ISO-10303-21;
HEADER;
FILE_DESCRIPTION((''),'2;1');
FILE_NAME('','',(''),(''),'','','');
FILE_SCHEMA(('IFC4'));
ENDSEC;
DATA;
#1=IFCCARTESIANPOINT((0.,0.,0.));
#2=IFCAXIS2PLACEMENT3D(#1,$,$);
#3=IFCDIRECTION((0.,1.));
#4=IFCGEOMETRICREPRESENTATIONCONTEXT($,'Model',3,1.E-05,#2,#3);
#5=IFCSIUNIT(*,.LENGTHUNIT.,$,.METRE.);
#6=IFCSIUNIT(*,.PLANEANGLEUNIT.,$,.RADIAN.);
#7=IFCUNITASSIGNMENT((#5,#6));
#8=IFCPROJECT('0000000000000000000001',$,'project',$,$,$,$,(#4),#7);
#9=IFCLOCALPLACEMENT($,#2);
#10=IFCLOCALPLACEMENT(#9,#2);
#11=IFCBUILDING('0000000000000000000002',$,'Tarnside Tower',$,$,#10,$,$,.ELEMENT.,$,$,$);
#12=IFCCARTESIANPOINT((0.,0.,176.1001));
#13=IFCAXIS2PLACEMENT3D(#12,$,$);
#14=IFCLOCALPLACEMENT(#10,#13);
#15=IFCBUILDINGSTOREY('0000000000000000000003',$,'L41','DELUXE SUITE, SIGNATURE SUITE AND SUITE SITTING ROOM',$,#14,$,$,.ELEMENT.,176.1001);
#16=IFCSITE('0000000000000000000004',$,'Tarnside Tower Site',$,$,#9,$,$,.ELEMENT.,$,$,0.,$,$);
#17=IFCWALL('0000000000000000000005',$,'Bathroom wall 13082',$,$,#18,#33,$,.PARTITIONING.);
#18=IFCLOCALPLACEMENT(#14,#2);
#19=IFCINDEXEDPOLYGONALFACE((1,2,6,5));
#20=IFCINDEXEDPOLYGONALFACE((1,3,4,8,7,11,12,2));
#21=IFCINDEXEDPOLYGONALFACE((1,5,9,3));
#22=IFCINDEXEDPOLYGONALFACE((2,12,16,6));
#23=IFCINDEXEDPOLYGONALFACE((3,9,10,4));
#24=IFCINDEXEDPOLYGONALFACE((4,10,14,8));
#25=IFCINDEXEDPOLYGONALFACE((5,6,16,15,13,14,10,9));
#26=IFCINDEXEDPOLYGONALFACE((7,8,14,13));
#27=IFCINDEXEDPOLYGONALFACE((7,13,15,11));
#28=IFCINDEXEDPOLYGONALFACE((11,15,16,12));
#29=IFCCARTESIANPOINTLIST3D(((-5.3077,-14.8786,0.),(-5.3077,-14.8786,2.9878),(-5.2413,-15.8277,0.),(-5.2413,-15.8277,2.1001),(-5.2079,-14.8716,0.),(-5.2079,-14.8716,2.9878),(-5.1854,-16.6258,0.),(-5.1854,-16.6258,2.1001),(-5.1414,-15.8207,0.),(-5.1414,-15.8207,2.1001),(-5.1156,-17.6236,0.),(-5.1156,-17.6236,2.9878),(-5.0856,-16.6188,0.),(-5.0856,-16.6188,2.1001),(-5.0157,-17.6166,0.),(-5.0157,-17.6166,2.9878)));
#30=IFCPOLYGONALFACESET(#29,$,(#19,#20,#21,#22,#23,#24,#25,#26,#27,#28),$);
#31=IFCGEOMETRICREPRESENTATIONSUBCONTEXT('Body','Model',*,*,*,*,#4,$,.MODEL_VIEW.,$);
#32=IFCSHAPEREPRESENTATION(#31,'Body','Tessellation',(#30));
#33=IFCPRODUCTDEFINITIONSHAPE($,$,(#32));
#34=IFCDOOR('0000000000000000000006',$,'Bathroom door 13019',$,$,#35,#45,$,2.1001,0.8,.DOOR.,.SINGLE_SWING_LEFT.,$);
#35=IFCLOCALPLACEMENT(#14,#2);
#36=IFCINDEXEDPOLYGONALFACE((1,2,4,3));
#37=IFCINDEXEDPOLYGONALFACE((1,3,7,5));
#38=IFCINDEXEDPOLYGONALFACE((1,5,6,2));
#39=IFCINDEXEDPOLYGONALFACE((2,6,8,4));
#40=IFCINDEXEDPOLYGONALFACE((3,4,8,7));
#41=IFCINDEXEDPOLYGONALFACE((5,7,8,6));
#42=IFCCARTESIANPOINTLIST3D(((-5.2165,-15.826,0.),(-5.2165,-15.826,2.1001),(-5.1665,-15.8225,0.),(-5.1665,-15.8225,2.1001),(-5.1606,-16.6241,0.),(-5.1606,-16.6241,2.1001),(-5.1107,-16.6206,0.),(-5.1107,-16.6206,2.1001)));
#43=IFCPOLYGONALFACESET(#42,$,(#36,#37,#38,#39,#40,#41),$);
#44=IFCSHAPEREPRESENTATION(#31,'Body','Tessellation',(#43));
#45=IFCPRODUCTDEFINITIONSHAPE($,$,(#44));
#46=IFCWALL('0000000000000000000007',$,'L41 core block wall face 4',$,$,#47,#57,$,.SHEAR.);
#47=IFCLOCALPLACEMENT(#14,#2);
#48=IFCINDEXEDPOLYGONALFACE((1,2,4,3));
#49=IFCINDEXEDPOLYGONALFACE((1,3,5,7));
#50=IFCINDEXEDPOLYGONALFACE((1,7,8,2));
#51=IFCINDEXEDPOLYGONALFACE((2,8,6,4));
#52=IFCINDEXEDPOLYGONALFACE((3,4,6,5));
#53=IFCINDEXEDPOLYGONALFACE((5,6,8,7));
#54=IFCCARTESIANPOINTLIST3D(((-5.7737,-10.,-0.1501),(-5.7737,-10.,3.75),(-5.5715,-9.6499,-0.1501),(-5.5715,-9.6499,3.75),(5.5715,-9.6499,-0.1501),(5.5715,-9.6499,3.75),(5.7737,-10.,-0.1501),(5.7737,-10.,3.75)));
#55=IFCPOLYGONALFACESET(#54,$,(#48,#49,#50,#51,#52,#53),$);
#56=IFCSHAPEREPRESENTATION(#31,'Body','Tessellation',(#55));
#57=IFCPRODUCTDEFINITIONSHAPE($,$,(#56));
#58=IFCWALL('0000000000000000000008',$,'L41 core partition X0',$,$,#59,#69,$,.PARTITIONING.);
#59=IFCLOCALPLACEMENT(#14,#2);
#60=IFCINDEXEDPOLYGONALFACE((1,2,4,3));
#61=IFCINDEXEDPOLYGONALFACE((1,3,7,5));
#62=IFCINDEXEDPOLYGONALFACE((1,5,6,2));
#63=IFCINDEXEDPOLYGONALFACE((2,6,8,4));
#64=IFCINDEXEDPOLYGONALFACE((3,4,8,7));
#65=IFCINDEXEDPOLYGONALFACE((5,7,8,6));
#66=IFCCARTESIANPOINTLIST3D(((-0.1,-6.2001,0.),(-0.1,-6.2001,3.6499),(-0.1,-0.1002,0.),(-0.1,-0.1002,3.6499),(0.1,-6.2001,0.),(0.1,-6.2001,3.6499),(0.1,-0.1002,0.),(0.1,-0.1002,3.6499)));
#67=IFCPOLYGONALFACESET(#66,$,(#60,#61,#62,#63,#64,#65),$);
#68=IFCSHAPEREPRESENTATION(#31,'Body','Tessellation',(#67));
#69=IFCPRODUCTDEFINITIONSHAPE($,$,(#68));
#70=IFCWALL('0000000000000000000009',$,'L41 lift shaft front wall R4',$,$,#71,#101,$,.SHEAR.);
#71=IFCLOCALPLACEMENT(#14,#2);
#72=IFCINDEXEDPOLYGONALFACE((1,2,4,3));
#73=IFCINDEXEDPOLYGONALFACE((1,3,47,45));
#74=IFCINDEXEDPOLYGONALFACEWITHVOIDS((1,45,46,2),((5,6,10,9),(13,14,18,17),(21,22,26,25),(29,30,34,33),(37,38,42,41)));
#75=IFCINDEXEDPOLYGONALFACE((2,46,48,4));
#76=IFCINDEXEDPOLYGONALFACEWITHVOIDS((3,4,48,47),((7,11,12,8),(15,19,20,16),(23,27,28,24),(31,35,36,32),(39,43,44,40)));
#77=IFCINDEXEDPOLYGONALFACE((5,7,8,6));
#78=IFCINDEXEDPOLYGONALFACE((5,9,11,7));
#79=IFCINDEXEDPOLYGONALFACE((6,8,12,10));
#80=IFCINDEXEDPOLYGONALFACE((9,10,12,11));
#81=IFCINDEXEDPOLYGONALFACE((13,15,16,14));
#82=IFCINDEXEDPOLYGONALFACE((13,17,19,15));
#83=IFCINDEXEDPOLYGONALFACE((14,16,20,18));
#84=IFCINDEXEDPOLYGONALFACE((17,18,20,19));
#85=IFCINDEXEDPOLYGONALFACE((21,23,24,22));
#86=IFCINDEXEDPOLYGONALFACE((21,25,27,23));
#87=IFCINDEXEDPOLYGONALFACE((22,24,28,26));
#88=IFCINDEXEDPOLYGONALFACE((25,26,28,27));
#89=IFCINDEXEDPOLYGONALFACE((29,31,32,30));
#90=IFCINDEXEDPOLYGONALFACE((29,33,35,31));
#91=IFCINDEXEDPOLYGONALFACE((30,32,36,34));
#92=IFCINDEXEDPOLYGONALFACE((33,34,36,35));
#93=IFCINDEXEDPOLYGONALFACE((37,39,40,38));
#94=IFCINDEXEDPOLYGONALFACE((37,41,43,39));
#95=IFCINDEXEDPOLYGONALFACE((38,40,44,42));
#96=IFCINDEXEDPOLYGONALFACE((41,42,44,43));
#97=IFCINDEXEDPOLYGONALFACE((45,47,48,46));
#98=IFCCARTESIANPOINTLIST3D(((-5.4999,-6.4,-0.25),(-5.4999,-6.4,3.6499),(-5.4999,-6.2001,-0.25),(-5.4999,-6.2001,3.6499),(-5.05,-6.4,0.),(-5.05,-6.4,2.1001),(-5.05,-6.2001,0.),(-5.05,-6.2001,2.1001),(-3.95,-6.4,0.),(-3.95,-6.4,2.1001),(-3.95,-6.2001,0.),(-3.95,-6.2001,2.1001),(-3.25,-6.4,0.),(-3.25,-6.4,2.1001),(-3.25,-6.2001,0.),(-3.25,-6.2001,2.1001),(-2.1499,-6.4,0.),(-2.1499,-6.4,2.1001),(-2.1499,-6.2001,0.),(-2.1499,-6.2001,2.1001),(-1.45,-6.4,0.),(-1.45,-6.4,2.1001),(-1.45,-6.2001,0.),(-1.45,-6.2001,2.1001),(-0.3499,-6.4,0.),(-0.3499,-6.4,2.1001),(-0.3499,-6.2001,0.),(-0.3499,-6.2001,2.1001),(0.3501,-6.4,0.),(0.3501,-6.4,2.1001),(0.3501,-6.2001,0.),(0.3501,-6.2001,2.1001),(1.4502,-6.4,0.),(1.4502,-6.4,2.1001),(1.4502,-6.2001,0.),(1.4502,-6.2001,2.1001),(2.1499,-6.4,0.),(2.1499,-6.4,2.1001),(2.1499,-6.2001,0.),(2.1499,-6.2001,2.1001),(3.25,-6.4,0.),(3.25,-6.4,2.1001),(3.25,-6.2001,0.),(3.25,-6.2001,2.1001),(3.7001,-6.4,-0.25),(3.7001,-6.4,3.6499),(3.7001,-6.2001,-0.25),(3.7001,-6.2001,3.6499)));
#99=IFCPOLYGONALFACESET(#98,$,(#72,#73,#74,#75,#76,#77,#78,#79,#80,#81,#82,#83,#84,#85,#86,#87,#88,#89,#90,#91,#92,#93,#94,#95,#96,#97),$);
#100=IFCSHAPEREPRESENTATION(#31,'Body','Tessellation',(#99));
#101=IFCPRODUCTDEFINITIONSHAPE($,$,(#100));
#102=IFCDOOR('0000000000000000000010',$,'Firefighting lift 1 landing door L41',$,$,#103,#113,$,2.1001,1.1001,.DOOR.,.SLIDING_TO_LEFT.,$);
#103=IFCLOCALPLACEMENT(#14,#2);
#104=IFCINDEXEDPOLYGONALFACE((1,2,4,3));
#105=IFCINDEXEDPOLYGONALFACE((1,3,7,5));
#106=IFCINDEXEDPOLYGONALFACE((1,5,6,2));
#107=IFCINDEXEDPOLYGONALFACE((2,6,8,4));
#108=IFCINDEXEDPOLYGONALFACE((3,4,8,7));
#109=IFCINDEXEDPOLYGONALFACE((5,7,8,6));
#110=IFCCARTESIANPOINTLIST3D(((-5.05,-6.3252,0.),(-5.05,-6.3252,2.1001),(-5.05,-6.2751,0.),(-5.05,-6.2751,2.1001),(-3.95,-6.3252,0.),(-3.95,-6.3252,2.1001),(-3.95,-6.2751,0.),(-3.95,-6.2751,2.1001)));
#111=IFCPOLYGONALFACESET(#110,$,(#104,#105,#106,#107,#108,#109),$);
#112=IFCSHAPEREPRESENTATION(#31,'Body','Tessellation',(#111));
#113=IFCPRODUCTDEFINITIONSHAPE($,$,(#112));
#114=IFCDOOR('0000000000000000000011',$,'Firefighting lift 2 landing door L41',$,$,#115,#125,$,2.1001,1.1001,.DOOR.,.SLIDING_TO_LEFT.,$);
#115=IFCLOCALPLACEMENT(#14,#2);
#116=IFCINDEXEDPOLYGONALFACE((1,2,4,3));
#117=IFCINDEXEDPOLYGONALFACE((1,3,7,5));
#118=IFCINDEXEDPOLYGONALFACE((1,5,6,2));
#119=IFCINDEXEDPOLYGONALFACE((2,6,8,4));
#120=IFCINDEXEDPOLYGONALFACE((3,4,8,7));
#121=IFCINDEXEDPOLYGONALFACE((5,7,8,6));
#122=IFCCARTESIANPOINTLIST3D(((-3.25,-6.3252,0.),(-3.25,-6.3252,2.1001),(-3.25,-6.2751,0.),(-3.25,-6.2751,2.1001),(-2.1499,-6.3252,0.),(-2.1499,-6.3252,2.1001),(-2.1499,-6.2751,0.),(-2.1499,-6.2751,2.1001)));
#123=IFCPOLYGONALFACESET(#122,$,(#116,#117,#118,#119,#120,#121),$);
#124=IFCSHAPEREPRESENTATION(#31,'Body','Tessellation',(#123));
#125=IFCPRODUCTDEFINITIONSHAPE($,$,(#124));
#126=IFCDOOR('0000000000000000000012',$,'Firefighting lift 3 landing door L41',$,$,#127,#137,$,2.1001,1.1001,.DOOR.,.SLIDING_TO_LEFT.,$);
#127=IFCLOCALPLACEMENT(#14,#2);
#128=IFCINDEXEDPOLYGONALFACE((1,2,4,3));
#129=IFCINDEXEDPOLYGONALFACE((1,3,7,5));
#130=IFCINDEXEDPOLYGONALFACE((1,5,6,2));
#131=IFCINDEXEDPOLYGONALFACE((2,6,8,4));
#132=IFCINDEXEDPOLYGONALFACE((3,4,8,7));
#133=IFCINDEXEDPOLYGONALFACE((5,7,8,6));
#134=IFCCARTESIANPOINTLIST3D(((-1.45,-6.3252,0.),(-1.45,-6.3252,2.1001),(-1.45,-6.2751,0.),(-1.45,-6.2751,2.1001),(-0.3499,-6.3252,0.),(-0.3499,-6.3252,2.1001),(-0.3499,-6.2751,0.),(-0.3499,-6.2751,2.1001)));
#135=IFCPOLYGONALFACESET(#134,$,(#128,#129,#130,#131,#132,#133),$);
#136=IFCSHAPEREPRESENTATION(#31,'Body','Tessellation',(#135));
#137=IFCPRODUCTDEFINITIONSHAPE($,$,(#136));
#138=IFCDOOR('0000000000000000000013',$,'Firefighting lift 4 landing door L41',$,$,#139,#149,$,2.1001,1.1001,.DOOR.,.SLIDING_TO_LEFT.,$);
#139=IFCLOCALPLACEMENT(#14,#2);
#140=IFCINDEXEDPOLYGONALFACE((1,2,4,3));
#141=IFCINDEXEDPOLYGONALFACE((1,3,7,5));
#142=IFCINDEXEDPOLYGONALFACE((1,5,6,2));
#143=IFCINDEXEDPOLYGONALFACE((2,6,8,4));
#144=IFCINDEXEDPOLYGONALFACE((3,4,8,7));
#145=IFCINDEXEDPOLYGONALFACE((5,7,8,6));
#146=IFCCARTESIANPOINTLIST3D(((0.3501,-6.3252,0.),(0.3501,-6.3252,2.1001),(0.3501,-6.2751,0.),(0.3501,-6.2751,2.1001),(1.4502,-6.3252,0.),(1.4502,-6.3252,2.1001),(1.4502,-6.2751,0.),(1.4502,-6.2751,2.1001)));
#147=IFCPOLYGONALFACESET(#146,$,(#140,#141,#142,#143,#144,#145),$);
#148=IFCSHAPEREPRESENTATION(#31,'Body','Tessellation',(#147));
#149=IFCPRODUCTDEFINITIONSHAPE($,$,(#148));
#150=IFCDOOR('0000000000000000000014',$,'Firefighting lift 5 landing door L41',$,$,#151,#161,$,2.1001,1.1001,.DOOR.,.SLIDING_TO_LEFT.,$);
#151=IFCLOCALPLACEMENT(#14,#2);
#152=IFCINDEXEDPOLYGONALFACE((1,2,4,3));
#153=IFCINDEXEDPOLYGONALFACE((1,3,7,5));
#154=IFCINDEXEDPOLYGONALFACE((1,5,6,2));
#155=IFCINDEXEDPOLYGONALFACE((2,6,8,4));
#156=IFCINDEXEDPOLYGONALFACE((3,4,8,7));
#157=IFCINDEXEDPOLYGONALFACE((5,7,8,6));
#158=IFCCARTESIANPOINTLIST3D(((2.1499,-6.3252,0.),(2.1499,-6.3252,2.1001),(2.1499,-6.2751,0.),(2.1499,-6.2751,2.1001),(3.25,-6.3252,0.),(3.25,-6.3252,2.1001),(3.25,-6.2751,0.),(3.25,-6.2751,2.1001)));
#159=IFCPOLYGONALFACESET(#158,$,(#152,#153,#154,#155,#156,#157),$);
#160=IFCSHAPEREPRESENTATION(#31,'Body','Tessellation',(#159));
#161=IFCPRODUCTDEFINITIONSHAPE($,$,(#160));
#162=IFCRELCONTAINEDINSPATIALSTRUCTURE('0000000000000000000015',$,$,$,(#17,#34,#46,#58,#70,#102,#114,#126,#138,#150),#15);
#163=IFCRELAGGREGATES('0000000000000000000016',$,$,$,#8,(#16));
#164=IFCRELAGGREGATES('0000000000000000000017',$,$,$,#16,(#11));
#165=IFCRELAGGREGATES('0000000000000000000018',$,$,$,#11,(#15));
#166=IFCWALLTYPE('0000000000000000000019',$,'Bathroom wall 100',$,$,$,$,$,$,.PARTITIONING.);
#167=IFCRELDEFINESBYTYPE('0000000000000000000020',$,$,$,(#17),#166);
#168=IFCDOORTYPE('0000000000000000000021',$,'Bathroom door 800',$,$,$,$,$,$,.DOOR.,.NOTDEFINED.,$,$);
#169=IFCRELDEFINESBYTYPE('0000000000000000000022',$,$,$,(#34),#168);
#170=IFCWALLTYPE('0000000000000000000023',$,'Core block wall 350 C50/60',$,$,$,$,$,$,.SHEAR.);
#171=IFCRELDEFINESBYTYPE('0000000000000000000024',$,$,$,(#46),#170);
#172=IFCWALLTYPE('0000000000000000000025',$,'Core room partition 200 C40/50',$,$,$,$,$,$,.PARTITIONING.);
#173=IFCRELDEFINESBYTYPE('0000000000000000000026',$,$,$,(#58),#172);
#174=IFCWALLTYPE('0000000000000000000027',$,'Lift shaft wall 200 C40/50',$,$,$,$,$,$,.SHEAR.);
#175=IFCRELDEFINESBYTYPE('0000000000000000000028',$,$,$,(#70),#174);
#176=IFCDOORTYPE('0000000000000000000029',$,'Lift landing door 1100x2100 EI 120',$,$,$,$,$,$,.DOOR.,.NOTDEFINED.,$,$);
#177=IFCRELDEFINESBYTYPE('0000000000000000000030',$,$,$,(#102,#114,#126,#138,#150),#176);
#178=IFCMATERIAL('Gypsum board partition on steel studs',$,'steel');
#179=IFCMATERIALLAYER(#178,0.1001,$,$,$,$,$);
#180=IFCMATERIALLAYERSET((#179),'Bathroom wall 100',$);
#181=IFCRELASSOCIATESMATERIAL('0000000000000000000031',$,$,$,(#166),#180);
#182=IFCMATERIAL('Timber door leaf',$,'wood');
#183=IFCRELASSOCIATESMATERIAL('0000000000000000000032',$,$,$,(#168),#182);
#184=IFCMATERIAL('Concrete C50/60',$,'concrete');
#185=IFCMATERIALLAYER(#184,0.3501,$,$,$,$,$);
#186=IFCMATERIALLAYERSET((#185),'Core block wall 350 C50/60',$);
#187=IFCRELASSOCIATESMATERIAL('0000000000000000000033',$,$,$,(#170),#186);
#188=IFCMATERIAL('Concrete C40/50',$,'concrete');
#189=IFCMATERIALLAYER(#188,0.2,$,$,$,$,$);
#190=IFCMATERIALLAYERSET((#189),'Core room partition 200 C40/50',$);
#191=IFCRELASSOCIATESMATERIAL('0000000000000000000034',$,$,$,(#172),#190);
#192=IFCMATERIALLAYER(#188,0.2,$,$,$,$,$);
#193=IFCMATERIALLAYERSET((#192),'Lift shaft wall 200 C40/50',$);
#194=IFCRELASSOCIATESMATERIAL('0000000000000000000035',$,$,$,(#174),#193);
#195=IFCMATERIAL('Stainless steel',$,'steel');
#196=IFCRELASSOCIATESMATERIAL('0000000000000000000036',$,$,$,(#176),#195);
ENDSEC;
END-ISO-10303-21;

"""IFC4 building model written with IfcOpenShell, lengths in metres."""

from ifc_helpers import new_model, si_unit, direction, frame, frame_2d, origin, place, context, subcontext, project, spatial, polyline, rectangle, outline, extrude, material, layer, layer_set, type_object, element, fill, save


model = new_model("IFC4")

# Units and contexts
model_context = context("Model", 3, precision=1e-05, world=origin(), true_north=direction((0.0, 1.0)))
body_context = subcontext(model_context, "Body", "Model", "MODEL_VIEW")
ifc_project = project(units=[si_unit("LENGTHUNIT", "METRE"), si_unit("PLANEANGLEUNIT", "RADIAN")], contexts=[model_context])

# Site, building, storey
site_placement = place(None, origin())
site = spatial("IfcSite", under=ifc_project, at=site_placement, Name="Tarnside Tower Site", CompositionType="ELEMENT", RefElevation=0.0)
building_placement = place(site_placement, origin())
building = spatial("IfcBuilding", under=site, at=building_placement, Name="Tarnside Tower", CompositionType="ELEMENT")
storey_placement = place(building_placement, frame((0.0, 0.0, 176.1001)))
storey = spatial("IfcBuildingStorey", under=building, at=storey_placement, Name="L41", Description="DELUXE SUITE, SIGNATURE SUITE AND SUITE SITTING ROOM", CompositionType="ELEMENT", Elevation=176.1001)

# Wall, opening, door
ifc_material_1 = material(Name="Gypsum board partition on steel studs", Category="steel")
ifc_layer_1 = layer(ifc_material_1, 0.1001)
ifc_layer_set_1 = layer_set([ifc_layer_1], Name="Bathroom wall 100")
wall_type_1 = type_object("IfcWallType", Name="Bathroom wall 100", PredefinedType="PARTITIONING", material=ifc_layer_set_1)
wall_1_placement = place(storey_placement, frame((-5.2578, -14.875, 0.0), z_axis=(0.0, 0.0, 1.0), x_axis=(0.069828, -0.997559, 0.0)))
wall_1 = element("IfcWall", 1, at=wall_1_placement, inside=storey, type_object=wall_type_1, Name="Bathroom wall 13082", PredefinedType="PARTITIONING", context=body_context, shape_type="SweptSolid", body=[
    extrude(rectangle(XDim=2.7517, YDim=0.1001, at=frame_2d((1.376, 0.0))), origin(), (0.0, 0.0, 1.0), 2.9878),
])
opening_1_placement = place(wall_1_placement, frame((0.9517, 0.0, 0.0)))
opening_1 = element("IfcOpeningElement", 2, at=opening_1_placement, cuts=wall_1, PredefinedType="OPENING", context=body_context, shape_type="SweptSolid", body=[
    extrude(rectangle(XDim=0.8, YDim=2.1001, at=frame_2d((0.3999, 1.05))), frame((0.0, 0.0601, 0.0), z_axis=(0.0, -1.0, 0.0), x_axis=(1.0, 0.0, 0.0)), (0.0, 0.0, 1.0), 0.1201),
])
ifc_material_2 = material(Name="Timber door leaf", Category="wood")
door_type_1 = type_object("IfcDoorType", Name="Bathroom door 800", OperationType="NOTDEFINED", PredefinedType="DOOR", material=ifc_material_2)
door_1_placement = place(opening_1_placement, origin())
door_1 = element("IfcDoor", 3, at=door_1_placement, inside=storey, type_object=door_type_1, Name="Bathroom door 13019", OperationType="SINGLE_SWING_LEFT", OverallHeight=2.1001, OverallWidth=0.8, PredefinedType="DOOR", context=body_context, shape_type="SweptSolid", body=[
    extrude(rectangle(XDim=0.8, YDim=2.1001, at=frame_2d((0.3999, 1.05))), frame((0.0, 0.0249, 0.0), z_axis=(0.0, -1.0, 0.0), x_axis=(1.0, 0.0, 0.0)), (0.0, 0.0, 1.0), 0.05),
])
fill(opening_1, door_1)

# Walls
ifc_material_3 = material(Name="Concrete C50/60", Category="concrete")
ifc_layer_2 = layer(ifc_material_3, 0.3501)
ifc_layer_set_2 = layer_set([ifc_layer_2], Name="Core block wall 350 C50/60")
wall_type_2 = type_object("IfcWallType", Name="Core block wall 350 C50/60", PredefinedType="SHEAR", material=ifc_layer_set_2)
wall_2_placement = place(storey_placement, frame((-5.6726, -9.825, -0.1501), z_axis=(0.0, 0.0, 1.0), x_axis=(1.0, 0.0, 0.0)))
element("IfcWall", 4, at=wall_2_placement, inside=storey, type_object=wall_type_2, Name="L41 core block wall face 4", PredefinedType="SHEAR", context=body_context, shape_type="SweptSolid", body=[
    extrude(outline(polyline([(-0.1011, -0.175), (11.4463, -0.175), (11.2441, 0.175), (0.1011, 0.175), (-0.1011, -0.175)])), origin(), (0.0, 0.0, 1.0), 3.9001),
])
ifc_material_4 = material(Name="Concrete C40/50", Category="concrete")
ifc_layer_3 = layer(ifc_material_4, 0.2)
ifc_layer_set_3 = layer_set([ifc_layer_3], Name="Core room partition 200 C40/50")
wall_type_3 = type_object("IfcWallType", Name="Core room partition 200 C40/50", PredefinedType="PARTITIONING", material=ifc_layer_set_3)
wall_3_placement = place(storey_placement, frame((0.0, -6.2, 0.0), z_axis=(0.0, 0.0, 1.0), x_axis=(0.0, 1.0, 0.0)))
element("IfcWall", 5, at=wall_3_placement, inside=storey, type_object=wall_type_3, Name="L41 core partition X0", PredefinedType="PARTITIONING", context=body_context, shape_type="SweptSolid", body=[
    extrude(rectangle(XDim=6.0999, YDim=0.2, at=frame_2d((3.0498, 0.0))), origin(), (0.0, 0.0, 1.0), 3.6499),
])

# Wall, openings, doors
ifc_layer_4 = layer(ifc_material_4, 0.2)
ifc_layer_set_4 = layer_set([ifc_layer_4], Name="Lift shaft wall 200 C40/50")
wall_type_4 = type_object("IfcWallType", Name="Lift shaft wall 200 C40/50", PredefinedType="SHEAR", material=ifc_layer_set_4)
wall_4_placement = place(storey_placement, frame((-5.5, -6.3, -0.25), z_axis=(0.0, 0.0, 1.0), x_axis=(1.0, 0.0, 0.0)))
wall_4 = element("IfcWall", 6, at=wall_4_placement, inside=storey, type_object=wall_type_4, Name="L41 lift shaft front wall R4", PredefinedType="SHEAR", context=body_context, shape_type="SweptSolid", body=[
    extrude(rectangle(XDim=9.2, YDim=0.2, at=frame_2d((4.6001, 0.0))), origin(), (0.0, 0.0, 1.0), 3.8999),
])
opening_2_placement = place(wall_4_placement, frame((0.45, 0.0, 0.25)))
opening_2 = element("IfcOpeningElement", 7, at=opening_2_placement, cuts=wall_4, PredefinedType="OPENING", context=body_context, shape_type="SweptSolid", body=[
    extrude(rectangle(XDim=1.1001, YDim=2.1001, at=frame_2d((0.55, 1.05))), frame((0.0, 0.1099, 0.0), z_axis=(0.0, -1.0, 0.0), x_axis=(1.0, 0.0, 0.0)), (0.0, 0.0, 1.0), 0.22),
])
opening_3_placement = place(wall_4_placement, frame((2.25, 0.0, 0.25)))
opening_3 = element("IfcOpeningElement", 8, at=opening_3_placement, cuts=wall_4, PredefinedType="OPENING", context=body_context, shape_type="SweptSolid", body=[
    extrude(rectangle(XDim=1.1001, YDim=2.1001, at=frame_2d((0.55, 1.05))), frame((0.0, 0.1099, 0.0), z_axis=(0.0, -1.0, 0.0), x_axis=(1.0, 0.0, 0.0)), (0.0, 0.0, 1.0), 0.22),
])
opening_4_placement = place(wall_4_placement, frame((4.05, 0.0, 0.25)))
opening_4 = element("IfcOpeningElement", 9, at=opening_4_placement, cuts=wall_4, PredefinedType="OPENING", context=body_context, shape_type="SweptSolid", body=[
    extrude(rectangle(XDim=1.1001, YDim=2.1001, at=frame_2d((0.55, 1.05))), frame((0.0, 0.1099, 0.0), z_axis=(0.0, -1.0, 0.0), x_axis=(1.0, 0.0, 0.0)), (0.0, 0.0, 1.0), 0.22),
])
opening_5_placement = place(wall_4_placement, frame((5.8501, 0.0, 0.25)))
opening_5 = element("IfcOpeningElement", 10, at=opening_5_placement, cuts=wall_4, PredefinedType="OPENING", context=body_context, shape_type="SweptSolid", body=[
    extrude(rectangle(XDim=1.1001, YDim=2.1001, at=frame_2d((0.55, 1.05))), frame((0.0, 0.1099, 0.0), z_axis=(0.0, -1.0, 0.0), x_axis=(1.0, 0.0, 0.0)), (0.0, 0.0, 1.0), 0.22),
])
opening_6_placement = place(wall_4_placement, frame((7.6499, 0.0, 0.25)))
opening_6 = element("IfcOpeningElement", 11, at=opening_6_placement, cuts=wall_4, PredefinedType="OPENING", context=body_context, shape_type="SweptSolid", body=[
    extrude(rectangle(XDim=1.1001, YDim=2.1001, at=frame_2d((0.55, 1.05))), frame((0.0, 0.1099, 0.0), z_axis=(0.0, -1.0, 0.0), x_axis=(1.0, 0.0, 0.0)), (0.0, 0.0, 1.0), 0.22),
])
ifc_material_5 = material(Name="Stainless steel", Category="steel")
door_type_2 = type_object("IfcDoorType", Name="Lift landing door 1100x2100 EI 120", OperationType="NOTDEFINED", PredefinedType="DOOR", material=ifc_material_5)
door_2_placement = place(opening_2_placement, origin())
door_2 = element("IfcDoor", 12, at=door_2_placement, inside=storey, type_object=door_type_2, Name="Firefighting lift 1 landing door L41", OperationType="SLIDING_TO_LEFT", OverallHeight=2.1001, OverallWidth=1.1001, PredefinedType="DOOR", context=body_context, shape_type="SweptSolid", body=[
    extrude(rectangle(XDim=1.1001, YDim=2.1001, at=frame_2d((0.55, 1.05))), frame((0.0, 0.0249, 0.0), z_axis=(0.0, -1.0, 0.0), x_axis=(1.0, 0.0, 0.0)), (0.0, 0.0, 1.0), 0.05),
])
fill(opening_2, door_2)
door_3_placement = place(opening_3_placement, origin())
door_3 = element("IfcDoor", 13, at=door_3_placement, inside=storey, type_object=door_type_2, Name="Firefighting lift 2 landing door L41", OperationType="SLIDING_TO_LEFT", OverallHeight=2.1001, OverallWidth=1.1001, PredefinedType="DOOR", context=body_context, shape_type="SweptSolid", body=[
    extrude(rectangle(XDim=1.1001, YDim=2.1001, at=frame_2d((0.55, 1.05))), frame((0.0, 0.0249, 0.0), z_axis=(0.0, -1.0, 0.0), x_axis=(1.0, 0.0, 0.0)), (0.0, 0.0, 1.0), 0.05),
])
fill(opening_3, door_3)
door_4_placement = place(opening_4_placement, origin())
door_4 = element("IfcDoor", 14, at=door_4_placement, inside=storey, type_object=door_type_2, Name="Firefighting lift 3 landing door L41", OperationType="SLIDING_TO_LEFT", OverallHeight=2.1001, OverallWidth=1.1001, PredefinedType="DOOR", context=body_context, shape_type="SweptSolid", body=[
    extrude(rectangle(XDim=1.1001, YDim=2.1001, at=frame_2d((0.55, 1.05))), frame((0.0, 0.0249, 0.0), z_axis=(0.0, -1.0, 0.0), x_axis=(1.0, 0.0, 0.0)), (0.0, 0.0, 1.0), 0.05),
])
fill(opening_4, door_4)
door_5_placement = place(opening_5_placement, origin())
door_5 = element("IfcDoor", 15, at=door_5_placement, inside=storey, type_object=door_type_2, Name="Firefighting lift 4 landing door L41", OperationType="SLIDING_TO_LEFT", OverallHeight=2.1001, OverallWidth=1.1001, PredefinedType="DOOR", context=body_context, shape_type="SweptSolid", body=[
    extrude(rectangle(XDim=1.1001, YDim=2.1001, at=frame_2d((0.55, 1.05))), frame((0.0, 0.0249, 0.0), z_axis=(0.0, -1.0, 0.0), x_axis=(1.0, 0.0, 0.0)), (0.0, 0.0, 1.0), 0.05),
])
fill(opening_5, door_5)
door_6_placement = place(opening_6_placement, origin())
door_6 = element("IfcDoor", 16, at=door_6_placement, inside=storey, type_object=door_type_2, Name="Firefighting lift 5 landing door L41", OperationType="SLIDING_TO_LEFT", OverallHeight=2.1001, OverallWidth=1.1001, PredefinedType="DOOR", context=body_context, shape_type="SweptSolid", body=[
    extrude(rectangle(XDim=1.1001, YDim=2.1001, at=frame_2d((0.55, 1.05))), frame((0.0, 0.0249, 0.0), z_axis=(0.0, -1.0, 0.0), x_axis=(1.0, 0.0, 0.0)), (0.0, 0.0, 1.0), 0.05),
])
fill(opening_6, door_6)

save(model, "model.ifc")
